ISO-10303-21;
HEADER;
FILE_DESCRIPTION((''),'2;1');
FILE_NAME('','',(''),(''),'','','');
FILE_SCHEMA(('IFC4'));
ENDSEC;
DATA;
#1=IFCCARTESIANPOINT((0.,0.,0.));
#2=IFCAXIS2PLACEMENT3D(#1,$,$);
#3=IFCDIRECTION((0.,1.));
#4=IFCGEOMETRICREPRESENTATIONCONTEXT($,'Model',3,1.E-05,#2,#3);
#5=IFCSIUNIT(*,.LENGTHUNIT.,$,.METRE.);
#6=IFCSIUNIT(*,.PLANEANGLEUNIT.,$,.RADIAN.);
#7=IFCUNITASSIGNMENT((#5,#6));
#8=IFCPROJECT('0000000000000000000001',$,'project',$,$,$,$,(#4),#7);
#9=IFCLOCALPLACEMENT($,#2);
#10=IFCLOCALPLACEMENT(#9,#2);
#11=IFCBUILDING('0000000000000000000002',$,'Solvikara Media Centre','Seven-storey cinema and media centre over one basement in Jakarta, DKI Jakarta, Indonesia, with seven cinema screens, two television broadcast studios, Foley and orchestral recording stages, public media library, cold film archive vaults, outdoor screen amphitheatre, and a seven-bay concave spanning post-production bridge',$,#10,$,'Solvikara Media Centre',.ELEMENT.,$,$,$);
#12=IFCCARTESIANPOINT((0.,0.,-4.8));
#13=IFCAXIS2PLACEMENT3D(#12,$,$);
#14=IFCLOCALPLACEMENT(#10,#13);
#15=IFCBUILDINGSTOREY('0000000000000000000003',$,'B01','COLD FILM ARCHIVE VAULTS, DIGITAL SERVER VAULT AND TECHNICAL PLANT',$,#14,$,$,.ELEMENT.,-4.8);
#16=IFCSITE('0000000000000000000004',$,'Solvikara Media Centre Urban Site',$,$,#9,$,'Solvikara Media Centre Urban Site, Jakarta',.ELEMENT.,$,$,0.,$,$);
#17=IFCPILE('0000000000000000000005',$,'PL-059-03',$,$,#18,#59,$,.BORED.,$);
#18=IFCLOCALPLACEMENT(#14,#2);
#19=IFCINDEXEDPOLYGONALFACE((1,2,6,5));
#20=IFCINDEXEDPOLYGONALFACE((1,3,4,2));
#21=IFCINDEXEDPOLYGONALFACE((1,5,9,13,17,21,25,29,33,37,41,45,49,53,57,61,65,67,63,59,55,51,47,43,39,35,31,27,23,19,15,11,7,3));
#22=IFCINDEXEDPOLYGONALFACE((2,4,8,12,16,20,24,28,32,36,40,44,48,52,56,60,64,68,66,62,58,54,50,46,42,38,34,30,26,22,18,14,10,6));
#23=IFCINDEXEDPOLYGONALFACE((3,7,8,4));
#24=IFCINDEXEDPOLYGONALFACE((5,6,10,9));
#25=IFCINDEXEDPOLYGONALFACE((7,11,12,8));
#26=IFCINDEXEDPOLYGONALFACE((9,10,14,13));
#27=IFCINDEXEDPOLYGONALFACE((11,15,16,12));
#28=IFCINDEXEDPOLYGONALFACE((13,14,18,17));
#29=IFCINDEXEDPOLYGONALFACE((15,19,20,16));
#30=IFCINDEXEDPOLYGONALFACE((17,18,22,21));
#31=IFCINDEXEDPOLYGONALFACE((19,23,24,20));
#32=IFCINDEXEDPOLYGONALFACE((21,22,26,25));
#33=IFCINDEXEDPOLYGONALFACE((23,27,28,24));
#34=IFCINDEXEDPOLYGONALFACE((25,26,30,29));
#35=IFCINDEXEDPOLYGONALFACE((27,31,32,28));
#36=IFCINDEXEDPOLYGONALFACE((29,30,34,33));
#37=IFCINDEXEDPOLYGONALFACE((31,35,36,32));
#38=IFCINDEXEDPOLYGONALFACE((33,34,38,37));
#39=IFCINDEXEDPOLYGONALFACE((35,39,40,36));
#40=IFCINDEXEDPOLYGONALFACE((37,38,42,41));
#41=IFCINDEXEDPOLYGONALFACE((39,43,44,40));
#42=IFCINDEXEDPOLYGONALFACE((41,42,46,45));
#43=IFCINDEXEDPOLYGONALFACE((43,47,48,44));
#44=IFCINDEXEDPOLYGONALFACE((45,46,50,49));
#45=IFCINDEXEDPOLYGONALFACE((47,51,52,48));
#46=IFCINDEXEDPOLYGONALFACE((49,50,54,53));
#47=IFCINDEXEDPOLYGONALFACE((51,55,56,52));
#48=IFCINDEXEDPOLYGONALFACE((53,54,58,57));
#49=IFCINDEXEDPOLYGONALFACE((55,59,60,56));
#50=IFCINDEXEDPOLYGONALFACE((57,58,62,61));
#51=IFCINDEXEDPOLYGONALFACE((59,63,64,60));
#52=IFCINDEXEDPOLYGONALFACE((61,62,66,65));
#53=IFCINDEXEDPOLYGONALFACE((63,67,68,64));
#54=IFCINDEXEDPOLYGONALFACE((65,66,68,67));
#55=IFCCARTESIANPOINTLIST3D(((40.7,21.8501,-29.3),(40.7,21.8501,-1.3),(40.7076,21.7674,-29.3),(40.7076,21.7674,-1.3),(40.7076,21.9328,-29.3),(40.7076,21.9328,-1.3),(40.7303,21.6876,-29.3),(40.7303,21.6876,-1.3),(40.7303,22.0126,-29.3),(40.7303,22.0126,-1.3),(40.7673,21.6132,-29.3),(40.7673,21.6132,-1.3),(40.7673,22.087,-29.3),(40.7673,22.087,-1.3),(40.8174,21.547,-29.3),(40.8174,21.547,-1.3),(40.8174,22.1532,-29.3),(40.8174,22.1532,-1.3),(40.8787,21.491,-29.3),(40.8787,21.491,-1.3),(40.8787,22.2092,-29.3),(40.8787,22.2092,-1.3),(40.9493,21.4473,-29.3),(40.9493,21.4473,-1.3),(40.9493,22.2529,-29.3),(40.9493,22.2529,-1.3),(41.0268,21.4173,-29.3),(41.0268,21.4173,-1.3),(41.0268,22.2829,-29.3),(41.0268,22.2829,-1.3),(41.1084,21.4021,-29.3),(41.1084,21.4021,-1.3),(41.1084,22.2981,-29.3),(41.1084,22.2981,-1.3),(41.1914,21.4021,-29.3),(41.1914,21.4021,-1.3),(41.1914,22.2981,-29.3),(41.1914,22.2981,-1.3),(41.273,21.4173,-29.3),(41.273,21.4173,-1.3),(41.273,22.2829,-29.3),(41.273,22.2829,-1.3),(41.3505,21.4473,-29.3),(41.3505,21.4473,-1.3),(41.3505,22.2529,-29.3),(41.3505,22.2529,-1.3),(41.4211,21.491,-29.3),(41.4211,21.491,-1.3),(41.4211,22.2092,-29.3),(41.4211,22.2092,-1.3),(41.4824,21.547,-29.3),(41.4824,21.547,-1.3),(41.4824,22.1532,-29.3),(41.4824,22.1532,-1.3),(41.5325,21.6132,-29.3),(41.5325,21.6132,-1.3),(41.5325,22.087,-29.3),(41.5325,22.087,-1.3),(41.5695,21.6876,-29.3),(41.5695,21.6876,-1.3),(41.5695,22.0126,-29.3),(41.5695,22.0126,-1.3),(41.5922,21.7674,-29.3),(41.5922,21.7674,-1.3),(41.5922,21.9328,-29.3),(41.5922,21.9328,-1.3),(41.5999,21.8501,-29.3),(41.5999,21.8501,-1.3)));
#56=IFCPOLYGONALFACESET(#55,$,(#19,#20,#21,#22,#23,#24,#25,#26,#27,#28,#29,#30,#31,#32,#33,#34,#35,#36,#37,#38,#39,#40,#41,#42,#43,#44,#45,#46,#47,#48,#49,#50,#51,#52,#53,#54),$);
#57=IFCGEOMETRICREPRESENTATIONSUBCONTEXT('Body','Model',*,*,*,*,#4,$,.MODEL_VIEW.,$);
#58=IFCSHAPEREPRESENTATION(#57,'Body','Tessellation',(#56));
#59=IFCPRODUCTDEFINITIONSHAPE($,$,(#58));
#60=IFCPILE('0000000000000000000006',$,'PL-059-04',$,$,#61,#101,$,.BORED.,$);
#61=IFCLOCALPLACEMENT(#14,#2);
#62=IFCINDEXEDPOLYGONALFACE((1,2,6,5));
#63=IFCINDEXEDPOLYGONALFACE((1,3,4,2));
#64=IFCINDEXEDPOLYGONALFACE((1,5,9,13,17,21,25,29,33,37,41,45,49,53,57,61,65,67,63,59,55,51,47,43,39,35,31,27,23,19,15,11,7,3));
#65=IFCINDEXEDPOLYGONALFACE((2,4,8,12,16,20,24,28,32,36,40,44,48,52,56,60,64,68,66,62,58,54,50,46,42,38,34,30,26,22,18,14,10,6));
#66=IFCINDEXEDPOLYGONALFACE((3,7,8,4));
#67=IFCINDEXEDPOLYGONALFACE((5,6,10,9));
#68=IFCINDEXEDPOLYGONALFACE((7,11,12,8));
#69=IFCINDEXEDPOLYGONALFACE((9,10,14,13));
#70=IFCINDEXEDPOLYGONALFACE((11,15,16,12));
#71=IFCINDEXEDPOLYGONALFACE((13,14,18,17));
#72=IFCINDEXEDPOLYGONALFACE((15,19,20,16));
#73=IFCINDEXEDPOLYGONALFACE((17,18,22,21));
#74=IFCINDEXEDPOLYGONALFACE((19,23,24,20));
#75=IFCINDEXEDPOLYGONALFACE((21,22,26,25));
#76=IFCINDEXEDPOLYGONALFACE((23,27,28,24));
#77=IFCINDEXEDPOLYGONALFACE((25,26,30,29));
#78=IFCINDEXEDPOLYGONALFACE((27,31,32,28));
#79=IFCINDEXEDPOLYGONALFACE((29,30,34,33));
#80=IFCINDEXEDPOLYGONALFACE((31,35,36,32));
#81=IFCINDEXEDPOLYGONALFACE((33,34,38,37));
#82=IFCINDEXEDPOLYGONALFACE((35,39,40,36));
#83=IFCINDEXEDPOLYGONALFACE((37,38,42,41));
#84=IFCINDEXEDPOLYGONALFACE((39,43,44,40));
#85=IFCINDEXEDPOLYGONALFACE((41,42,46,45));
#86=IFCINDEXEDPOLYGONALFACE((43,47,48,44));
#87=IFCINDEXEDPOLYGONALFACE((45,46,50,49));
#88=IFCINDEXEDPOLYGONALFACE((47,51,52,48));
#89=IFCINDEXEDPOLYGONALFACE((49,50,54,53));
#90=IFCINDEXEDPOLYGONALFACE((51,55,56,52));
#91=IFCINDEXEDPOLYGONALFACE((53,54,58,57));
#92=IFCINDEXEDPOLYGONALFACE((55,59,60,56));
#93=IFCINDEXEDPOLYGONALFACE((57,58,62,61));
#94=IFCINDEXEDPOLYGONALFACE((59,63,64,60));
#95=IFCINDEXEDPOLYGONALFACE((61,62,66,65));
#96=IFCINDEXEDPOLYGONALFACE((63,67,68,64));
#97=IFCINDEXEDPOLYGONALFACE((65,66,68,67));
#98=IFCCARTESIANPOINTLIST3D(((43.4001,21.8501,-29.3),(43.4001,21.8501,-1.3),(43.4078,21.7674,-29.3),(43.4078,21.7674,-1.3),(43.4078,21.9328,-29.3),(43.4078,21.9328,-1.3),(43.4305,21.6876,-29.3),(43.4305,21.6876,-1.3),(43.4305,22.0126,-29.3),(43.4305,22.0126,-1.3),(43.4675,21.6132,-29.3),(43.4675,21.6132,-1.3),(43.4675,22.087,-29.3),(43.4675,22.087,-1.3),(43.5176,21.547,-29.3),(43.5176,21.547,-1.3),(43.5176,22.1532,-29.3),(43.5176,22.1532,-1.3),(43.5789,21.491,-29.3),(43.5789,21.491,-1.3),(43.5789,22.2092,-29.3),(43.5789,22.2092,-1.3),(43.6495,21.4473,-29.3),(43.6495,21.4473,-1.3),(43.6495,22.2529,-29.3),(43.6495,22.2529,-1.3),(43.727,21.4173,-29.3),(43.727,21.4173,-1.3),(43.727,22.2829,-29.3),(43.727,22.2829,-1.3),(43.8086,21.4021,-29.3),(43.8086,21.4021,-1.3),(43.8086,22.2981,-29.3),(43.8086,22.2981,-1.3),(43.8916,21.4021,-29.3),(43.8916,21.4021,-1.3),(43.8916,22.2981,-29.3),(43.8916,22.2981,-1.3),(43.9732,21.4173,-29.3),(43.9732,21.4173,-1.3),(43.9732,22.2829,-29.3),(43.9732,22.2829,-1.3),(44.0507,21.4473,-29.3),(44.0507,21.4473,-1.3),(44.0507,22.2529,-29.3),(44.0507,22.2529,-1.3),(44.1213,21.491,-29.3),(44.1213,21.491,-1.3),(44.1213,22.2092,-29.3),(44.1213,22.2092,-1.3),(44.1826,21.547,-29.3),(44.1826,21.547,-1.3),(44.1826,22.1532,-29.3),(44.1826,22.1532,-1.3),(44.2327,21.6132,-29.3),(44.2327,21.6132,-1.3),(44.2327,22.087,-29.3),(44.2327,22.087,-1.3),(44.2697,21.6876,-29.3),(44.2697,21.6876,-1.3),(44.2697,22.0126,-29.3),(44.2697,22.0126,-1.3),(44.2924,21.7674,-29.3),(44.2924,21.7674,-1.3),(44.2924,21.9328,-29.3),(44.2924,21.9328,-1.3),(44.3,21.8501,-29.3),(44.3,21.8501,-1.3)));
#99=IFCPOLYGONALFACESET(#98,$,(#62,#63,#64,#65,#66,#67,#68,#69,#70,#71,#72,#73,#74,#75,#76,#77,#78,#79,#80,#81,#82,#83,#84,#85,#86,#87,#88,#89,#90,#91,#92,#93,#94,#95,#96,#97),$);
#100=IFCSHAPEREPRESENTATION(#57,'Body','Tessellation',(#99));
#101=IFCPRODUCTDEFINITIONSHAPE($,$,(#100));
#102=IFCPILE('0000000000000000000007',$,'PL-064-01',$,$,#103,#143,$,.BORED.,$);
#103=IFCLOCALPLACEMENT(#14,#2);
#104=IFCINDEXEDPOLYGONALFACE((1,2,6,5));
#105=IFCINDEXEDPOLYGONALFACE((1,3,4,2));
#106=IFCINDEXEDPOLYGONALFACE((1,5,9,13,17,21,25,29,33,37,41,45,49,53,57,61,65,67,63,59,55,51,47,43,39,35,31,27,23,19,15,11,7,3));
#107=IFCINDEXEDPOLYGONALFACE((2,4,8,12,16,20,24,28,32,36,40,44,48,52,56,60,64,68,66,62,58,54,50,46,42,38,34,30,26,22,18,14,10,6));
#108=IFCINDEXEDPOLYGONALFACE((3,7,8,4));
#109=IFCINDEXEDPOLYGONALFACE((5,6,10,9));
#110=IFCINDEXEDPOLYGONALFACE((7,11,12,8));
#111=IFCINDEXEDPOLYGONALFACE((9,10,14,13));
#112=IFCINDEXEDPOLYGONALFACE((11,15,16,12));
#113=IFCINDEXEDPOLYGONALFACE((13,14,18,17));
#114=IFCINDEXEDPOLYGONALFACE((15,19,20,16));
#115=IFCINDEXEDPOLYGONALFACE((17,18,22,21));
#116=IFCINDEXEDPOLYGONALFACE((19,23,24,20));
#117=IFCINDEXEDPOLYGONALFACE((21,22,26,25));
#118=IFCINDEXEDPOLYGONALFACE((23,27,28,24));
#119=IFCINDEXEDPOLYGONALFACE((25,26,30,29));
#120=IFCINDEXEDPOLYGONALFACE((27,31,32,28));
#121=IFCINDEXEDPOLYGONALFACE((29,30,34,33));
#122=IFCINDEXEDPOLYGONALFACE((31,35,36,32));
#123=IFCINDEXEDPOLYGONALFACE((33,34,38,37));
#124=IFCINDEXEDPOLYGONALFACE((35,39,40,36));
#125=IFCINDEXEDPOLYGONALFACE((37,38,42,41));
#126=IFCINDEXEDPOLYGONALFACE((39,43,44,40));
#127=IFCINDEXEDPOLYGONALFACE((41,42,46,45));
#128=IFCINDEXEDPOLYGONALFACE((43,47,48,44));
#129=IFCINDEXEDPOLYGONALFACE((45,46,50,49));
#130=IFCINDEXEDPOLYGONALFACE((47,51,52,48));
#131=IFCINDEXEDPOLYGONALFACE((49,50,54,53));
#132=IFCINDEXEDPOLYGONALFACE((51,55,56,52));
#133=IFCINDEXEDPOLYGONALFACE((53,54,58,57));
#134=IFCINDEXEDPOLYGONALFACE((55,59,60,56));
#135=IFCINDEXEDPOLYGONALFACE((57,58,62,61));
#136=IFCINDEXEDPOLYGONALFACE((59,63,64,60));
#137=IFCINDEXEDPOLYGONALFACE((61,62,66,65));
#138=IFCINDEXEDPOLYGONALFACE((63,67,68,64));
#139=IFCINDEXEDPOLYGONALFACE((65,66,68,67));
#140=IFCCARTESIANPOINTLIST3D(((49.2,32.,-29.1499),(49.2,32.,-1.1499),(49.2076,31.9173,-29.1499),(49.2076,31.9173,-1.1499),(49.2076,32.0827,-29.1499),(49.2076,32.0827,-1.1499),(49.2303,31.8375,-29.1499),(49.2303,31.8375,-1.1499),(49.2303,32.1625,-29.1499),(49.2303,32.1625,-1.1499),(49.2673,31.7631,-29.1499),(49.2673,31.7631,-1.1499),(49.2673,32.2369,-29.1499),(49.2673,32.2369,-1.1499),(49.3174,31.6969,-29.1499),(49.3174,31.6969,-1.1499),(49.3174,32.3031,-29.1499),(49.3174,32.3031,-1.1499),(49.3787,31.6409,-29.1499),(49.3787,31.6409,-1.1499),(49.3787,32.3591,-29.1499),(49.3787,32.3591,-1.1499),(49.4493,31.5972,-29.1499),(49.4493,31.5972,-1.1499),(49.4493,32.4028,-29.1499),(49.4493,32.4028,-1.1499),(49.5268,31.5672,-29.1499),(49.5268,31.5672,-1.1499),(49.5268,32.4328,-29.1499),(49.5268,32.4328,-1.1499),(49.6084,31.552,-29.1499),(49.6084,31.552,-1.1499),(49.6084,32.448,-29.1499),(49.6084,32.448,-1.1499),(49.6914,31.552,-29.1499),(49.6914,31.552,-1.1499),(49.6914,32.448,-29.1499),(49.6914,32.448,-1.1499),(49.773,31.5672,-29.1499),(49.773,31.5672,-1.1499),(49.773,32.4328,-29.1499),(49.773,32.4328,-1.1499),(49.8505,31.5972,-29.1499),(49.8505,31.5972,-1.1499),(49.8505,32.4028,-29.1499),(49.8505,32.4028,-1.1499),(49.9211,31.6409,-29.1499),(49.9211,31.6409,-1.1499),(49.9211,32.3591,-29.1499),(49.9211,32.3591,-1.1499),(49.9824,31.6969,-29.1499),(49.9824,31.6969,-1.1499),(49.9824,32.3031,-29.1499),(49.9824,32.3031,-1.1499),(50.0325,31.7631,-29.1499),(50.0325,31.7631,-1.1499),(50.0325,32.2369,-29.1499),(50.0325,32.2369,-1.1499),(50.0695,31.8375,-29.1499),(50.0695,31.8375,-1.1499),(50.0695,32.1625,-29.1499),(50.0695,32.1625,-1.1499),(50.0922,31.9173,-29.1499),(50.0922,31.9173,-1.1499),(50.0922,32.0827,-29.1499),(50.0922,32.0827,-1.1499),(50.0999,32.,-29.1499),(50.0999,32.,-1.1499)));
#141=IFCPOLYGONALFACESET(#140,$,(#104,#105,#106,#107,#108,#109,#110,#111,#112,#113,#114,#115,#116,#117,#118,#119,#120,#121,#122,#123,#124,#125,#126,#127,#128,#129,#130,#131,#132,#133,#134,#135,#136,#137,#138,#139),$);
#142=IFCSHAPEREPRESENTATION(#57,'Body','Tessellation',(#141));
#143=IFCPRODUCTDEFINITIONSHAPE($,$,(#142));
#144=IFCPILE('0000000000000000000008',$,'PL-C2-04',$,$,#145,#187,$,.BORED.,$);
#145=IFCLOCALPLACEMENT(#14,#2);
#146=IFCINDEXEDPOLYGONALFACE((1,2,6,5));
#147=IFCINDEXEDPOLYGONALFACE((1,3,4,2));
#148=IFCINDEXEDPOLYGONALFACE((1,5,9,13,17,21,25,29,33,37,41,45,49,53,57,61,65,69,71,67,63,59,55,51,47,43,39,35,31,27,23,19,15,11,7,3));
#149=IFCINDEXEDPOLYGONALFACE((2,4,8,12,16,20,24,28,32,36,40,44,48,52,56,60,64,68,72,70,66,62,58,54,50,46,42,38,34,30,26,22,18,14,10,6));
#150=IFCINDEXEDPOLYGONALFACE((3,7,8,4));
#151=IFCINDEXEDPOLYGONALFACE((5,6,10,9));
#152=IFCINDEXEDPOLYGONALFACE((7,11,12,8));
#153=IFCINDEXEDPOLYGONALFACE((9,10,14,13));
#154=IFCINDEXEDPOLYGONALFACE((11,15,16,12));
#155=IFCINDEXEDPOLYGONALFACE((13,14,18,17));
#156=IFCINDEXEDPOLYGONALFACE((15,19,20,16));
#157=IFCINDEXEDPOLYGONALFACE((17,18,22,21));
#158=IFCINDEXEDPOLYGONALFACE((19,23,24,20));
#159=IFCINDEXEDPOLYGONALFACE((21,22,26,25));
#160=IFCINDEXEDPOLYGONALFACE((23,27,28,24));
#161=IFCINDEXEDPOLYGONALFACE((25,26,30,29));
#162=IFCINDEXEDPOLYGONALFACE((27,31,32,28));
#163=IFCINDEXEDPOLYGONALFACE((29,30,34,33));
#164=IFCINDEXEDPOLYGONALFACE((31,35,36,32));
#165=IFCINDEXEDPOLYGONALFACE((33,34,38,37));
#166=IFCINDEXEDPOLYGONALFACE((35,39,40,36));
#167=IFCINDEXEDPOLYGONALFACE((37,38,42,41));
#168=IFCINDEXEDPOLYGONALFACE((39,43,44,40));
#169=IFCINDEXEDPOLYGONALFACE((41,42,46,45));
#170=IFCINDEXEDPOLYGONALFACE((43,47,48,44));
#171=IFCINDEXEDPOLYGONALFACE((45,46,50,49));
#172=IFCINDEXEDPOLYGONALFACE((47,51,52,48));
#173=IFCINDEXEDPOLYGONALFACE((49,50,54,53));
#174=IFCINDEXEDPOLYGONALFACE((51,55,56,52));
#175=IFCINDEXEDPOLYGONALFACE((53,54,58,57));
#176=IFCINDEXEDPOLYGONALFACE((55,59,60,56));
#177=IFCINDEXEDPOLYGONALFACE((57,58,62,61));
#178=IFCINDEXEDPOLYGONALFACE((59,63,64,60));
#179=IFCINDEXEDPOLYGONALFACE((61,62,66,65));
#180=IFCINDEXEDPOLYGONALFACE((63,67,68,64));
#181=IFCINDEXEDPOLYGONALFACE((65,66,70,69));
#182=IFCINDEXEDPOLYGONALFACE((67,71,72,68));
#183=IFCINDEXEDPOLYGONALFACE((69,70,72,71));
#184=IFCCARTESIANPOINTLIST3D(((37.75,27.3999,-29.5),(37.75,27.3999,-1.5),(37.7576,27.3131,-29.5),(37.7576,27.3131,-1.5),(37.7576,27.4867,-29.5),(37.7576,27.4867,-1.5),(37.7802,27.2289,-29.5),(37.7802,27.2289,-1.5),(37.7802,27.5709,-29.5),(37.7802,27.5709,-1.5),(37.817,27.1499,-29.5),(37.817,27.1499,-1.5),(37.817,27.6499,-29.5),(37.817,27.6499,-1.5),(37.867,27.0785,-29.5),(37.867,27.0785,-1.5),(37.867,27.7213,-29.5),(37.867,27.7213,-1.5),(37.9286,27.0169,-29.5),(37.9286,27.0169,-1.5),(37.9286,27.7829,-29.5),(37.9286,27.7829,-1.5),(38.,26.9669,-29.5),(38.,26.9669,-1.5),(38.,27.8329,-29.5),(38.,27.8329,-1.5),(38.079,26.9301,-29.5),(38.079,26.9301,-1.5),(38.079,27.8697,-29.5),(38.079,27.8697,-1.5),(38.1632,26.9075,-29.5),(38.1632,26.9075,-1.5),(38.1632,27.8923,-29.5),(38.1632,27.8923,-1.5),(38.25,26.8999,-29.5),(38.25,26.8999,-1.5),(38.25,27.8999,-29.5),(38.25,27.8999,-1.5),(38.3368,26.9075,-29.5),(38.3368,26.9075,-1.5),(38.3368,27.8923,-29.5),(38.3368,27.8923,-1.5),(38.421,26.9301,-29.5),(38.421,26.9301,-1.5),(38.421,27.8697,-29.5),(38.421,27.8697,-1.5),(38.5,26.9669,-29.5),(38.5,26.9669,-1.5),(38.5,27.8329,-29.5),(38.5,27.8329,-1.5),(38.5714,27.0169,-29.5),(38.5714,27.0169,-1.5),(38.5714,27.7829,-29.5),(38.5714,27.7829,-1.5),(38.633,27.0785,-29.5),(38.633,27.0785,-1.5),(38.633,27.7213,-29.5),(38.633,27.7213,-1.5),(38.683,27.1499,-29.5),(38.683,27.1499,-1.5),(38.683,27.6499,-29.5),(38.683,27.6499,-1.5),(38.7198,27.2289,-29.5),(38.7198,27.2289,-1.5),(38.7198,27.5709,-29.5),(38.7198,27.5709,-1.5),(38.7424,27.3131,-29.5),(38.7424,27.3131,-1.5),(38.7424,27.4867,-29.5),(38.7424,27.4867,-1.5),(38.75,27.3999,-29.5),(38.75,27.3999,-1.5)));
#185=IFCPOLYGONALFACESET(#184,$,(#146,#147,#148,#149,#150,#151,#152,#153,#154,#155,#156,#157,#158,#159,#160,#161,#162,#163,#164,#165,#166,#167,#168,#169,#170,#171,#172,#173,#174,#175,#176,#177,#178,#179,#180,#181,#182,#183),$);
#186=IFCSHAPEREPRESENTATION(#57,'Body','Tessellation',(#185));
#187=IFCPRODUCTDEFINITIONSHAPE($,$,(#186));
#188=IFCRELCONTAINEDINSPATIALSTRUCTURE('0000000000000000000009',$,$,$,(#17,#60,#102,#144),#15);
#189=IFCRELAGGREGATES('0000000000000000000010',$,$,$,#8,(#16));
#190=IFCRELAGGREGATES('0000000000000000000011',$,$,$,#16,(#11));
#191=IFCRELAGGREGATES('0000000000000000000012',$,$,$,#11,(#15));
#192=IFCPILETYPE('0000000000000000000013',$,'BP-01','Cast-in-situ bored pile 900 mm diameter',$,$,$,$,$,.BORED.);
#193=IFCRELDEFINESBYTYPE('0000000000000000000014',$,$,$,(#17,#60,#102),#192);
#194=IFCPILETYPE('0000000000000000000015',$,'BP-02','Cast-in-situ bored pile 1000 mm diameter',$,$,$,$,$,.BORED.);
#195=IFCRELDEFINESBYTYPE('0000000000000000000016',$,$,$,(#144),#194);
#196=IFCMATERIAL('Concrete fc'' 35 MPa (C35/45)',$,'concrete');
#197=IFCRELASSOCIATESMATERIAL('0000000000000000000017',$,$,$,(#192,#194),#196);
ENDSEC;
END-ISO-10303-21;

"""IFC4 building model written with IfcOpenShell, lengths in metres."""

from ifc_helpers import new_model, si_unit, direction, frame, origin, origin_2d, place, context, subcontext, project, spatial, circle, extrude, material, material_profile, profile_set, type_object, element, save


model = new_model("IFC4")

# Units and contexts
model_context = context("Model", 3, precision=1e-05, world=origin(), true_north=direction((0.0, 1.0)))
body_context = subcontext(model_context, "Body", "Model", "MODEL_VIEW")
ifc_project = project(units=[si_unit("LENGTHUNIT", "METRE"), si_unit("PLANEANGLEUNIT", "RADIAN")], contexts=[model_context])

# Site, building, storey
site_placement = place(None, origin())
site = spatial("IfcSite", under=ifc_project, at=site_placement, Name="Solvikara Media Centre Urban Site", LongName="Solvikara Media Centre Urban Site, Jakarta", CompositionType="ELEMENT", RefElevation=0.0)
building_placement = place(site_placement, origin())
building = spatial("IfcBuilding", under=site, at=building_placement, Name="Solvikara Media Centre", Description="Seven-storey cinema and media centre over one basement in Jakarta, DKI Jakarta, Indonesia, with seven cinema screens, two television broadcast studios, Foley and orchestral recording stages, public media library, cold film archive vaults, outdoor screen amphitheatre, and a seven-bay concave spanning post-production bridge", LongName="Solvikara Media Centre", CompositionType="ELEMENT")
storey_placement = place(building_placement, frame((0.0, 0.0, -4.8)))
storey = spatial("IfcBuildingStorey", under=building, at=storey_placement, Name="B01", Description="COLD FILM ARCHIVE VAULTS, DIGITAL SERVER VAULT AND TECHNICAL PLANT", CompositionType="ELEMENT", Elevation=-4.8)

# Piles
ifc_material_1 = material(Name="Concrete fc' 35 MPa (C35/45)", Category="concrete")
ifc_material_profile_1 = material_profile(ifc_material_1, circle(Radius=0.45, at=origin_2d()), Name="BORED PILE D900")
ifc_profile_set_1 = profile_set([ifc_material_profile_1], Name="Concrete fc' 35 MPa (C35/45)")
pile_type_1 = type_object("IfcPileType", Name="BP-01", Description="Cast-in-situ bored pile 900 mm diameter", PredefinedType="BORED", material=ifc_profile_set_1)
for number, where, z_axis, x_axis, name in (
    (1, (41.1499, 21.8501, -1.3), (0.0, 0.0, -1.0), (1.0, 0.0, 0.0), "PL-059-03"),
    (2, (43.8501, 21.8501, -1.3), (0.0, 0.0, -1.0), (1.0, 0.0, 0.0), "PL-059-04"),
    (3, (49.6499, 32.0, -1.1499), (0.0, 0.0, -1.0), (1.0, 0.0, 0.0), "PL-064-01"),
):
    element("IfcPile", number, at=place(storey_placement, frame(where, z_axis=z_axis, x_axis=x_axis)), inside=storey, type_object=pile_type_1, Name=name, PredefinedType="BORED", context=body_context, shape_type="SweptSolid", body=[
        extrude(circle(Radius=0.45, at=origin_2d()), origin(), (0.0, 0.0, 1.0), 28.0),
    ])
ifc_material_profile_2 = material_profile(ifc_material_1, circle(Radius=0.5, at=origin_2d()), Name="BORED PILE D1000")
ifc_profile_set_2 = profile_set([ifc_material_profile_2], Name="Concrete fc' 35 MPa (C35/45)")
pile_type_2 = type_object("IfcPileType", Name="BP-02", Description="Cast-in-situ bored pile 1000 mm diameter", PredefinedType="BORED", material=ifc_profile_set_2)
for number, where, z_axis, x_axis, name in (
    (4, (38.25, 27.3999, -1.5), (0.0, 0.0, -1.0), (1.0, 0.0, 0.0), "PL-C2-04"),
):
    element("IfcPile", number, at=place(storey_placement, frame(where, z_axis=z_axis, x_axis=x_axis)), inside=storey, type_object=pile_type_2, Name=name, PredefinedType="BORED", context=body_context, shape_type="SweptSolid", body=[
        extrude(circle(Radius=0.5, at=origin_2d()), origin(), (0.0, 0.0, 1.0), 28.0),
    ])

save(model, "model.ifc")
